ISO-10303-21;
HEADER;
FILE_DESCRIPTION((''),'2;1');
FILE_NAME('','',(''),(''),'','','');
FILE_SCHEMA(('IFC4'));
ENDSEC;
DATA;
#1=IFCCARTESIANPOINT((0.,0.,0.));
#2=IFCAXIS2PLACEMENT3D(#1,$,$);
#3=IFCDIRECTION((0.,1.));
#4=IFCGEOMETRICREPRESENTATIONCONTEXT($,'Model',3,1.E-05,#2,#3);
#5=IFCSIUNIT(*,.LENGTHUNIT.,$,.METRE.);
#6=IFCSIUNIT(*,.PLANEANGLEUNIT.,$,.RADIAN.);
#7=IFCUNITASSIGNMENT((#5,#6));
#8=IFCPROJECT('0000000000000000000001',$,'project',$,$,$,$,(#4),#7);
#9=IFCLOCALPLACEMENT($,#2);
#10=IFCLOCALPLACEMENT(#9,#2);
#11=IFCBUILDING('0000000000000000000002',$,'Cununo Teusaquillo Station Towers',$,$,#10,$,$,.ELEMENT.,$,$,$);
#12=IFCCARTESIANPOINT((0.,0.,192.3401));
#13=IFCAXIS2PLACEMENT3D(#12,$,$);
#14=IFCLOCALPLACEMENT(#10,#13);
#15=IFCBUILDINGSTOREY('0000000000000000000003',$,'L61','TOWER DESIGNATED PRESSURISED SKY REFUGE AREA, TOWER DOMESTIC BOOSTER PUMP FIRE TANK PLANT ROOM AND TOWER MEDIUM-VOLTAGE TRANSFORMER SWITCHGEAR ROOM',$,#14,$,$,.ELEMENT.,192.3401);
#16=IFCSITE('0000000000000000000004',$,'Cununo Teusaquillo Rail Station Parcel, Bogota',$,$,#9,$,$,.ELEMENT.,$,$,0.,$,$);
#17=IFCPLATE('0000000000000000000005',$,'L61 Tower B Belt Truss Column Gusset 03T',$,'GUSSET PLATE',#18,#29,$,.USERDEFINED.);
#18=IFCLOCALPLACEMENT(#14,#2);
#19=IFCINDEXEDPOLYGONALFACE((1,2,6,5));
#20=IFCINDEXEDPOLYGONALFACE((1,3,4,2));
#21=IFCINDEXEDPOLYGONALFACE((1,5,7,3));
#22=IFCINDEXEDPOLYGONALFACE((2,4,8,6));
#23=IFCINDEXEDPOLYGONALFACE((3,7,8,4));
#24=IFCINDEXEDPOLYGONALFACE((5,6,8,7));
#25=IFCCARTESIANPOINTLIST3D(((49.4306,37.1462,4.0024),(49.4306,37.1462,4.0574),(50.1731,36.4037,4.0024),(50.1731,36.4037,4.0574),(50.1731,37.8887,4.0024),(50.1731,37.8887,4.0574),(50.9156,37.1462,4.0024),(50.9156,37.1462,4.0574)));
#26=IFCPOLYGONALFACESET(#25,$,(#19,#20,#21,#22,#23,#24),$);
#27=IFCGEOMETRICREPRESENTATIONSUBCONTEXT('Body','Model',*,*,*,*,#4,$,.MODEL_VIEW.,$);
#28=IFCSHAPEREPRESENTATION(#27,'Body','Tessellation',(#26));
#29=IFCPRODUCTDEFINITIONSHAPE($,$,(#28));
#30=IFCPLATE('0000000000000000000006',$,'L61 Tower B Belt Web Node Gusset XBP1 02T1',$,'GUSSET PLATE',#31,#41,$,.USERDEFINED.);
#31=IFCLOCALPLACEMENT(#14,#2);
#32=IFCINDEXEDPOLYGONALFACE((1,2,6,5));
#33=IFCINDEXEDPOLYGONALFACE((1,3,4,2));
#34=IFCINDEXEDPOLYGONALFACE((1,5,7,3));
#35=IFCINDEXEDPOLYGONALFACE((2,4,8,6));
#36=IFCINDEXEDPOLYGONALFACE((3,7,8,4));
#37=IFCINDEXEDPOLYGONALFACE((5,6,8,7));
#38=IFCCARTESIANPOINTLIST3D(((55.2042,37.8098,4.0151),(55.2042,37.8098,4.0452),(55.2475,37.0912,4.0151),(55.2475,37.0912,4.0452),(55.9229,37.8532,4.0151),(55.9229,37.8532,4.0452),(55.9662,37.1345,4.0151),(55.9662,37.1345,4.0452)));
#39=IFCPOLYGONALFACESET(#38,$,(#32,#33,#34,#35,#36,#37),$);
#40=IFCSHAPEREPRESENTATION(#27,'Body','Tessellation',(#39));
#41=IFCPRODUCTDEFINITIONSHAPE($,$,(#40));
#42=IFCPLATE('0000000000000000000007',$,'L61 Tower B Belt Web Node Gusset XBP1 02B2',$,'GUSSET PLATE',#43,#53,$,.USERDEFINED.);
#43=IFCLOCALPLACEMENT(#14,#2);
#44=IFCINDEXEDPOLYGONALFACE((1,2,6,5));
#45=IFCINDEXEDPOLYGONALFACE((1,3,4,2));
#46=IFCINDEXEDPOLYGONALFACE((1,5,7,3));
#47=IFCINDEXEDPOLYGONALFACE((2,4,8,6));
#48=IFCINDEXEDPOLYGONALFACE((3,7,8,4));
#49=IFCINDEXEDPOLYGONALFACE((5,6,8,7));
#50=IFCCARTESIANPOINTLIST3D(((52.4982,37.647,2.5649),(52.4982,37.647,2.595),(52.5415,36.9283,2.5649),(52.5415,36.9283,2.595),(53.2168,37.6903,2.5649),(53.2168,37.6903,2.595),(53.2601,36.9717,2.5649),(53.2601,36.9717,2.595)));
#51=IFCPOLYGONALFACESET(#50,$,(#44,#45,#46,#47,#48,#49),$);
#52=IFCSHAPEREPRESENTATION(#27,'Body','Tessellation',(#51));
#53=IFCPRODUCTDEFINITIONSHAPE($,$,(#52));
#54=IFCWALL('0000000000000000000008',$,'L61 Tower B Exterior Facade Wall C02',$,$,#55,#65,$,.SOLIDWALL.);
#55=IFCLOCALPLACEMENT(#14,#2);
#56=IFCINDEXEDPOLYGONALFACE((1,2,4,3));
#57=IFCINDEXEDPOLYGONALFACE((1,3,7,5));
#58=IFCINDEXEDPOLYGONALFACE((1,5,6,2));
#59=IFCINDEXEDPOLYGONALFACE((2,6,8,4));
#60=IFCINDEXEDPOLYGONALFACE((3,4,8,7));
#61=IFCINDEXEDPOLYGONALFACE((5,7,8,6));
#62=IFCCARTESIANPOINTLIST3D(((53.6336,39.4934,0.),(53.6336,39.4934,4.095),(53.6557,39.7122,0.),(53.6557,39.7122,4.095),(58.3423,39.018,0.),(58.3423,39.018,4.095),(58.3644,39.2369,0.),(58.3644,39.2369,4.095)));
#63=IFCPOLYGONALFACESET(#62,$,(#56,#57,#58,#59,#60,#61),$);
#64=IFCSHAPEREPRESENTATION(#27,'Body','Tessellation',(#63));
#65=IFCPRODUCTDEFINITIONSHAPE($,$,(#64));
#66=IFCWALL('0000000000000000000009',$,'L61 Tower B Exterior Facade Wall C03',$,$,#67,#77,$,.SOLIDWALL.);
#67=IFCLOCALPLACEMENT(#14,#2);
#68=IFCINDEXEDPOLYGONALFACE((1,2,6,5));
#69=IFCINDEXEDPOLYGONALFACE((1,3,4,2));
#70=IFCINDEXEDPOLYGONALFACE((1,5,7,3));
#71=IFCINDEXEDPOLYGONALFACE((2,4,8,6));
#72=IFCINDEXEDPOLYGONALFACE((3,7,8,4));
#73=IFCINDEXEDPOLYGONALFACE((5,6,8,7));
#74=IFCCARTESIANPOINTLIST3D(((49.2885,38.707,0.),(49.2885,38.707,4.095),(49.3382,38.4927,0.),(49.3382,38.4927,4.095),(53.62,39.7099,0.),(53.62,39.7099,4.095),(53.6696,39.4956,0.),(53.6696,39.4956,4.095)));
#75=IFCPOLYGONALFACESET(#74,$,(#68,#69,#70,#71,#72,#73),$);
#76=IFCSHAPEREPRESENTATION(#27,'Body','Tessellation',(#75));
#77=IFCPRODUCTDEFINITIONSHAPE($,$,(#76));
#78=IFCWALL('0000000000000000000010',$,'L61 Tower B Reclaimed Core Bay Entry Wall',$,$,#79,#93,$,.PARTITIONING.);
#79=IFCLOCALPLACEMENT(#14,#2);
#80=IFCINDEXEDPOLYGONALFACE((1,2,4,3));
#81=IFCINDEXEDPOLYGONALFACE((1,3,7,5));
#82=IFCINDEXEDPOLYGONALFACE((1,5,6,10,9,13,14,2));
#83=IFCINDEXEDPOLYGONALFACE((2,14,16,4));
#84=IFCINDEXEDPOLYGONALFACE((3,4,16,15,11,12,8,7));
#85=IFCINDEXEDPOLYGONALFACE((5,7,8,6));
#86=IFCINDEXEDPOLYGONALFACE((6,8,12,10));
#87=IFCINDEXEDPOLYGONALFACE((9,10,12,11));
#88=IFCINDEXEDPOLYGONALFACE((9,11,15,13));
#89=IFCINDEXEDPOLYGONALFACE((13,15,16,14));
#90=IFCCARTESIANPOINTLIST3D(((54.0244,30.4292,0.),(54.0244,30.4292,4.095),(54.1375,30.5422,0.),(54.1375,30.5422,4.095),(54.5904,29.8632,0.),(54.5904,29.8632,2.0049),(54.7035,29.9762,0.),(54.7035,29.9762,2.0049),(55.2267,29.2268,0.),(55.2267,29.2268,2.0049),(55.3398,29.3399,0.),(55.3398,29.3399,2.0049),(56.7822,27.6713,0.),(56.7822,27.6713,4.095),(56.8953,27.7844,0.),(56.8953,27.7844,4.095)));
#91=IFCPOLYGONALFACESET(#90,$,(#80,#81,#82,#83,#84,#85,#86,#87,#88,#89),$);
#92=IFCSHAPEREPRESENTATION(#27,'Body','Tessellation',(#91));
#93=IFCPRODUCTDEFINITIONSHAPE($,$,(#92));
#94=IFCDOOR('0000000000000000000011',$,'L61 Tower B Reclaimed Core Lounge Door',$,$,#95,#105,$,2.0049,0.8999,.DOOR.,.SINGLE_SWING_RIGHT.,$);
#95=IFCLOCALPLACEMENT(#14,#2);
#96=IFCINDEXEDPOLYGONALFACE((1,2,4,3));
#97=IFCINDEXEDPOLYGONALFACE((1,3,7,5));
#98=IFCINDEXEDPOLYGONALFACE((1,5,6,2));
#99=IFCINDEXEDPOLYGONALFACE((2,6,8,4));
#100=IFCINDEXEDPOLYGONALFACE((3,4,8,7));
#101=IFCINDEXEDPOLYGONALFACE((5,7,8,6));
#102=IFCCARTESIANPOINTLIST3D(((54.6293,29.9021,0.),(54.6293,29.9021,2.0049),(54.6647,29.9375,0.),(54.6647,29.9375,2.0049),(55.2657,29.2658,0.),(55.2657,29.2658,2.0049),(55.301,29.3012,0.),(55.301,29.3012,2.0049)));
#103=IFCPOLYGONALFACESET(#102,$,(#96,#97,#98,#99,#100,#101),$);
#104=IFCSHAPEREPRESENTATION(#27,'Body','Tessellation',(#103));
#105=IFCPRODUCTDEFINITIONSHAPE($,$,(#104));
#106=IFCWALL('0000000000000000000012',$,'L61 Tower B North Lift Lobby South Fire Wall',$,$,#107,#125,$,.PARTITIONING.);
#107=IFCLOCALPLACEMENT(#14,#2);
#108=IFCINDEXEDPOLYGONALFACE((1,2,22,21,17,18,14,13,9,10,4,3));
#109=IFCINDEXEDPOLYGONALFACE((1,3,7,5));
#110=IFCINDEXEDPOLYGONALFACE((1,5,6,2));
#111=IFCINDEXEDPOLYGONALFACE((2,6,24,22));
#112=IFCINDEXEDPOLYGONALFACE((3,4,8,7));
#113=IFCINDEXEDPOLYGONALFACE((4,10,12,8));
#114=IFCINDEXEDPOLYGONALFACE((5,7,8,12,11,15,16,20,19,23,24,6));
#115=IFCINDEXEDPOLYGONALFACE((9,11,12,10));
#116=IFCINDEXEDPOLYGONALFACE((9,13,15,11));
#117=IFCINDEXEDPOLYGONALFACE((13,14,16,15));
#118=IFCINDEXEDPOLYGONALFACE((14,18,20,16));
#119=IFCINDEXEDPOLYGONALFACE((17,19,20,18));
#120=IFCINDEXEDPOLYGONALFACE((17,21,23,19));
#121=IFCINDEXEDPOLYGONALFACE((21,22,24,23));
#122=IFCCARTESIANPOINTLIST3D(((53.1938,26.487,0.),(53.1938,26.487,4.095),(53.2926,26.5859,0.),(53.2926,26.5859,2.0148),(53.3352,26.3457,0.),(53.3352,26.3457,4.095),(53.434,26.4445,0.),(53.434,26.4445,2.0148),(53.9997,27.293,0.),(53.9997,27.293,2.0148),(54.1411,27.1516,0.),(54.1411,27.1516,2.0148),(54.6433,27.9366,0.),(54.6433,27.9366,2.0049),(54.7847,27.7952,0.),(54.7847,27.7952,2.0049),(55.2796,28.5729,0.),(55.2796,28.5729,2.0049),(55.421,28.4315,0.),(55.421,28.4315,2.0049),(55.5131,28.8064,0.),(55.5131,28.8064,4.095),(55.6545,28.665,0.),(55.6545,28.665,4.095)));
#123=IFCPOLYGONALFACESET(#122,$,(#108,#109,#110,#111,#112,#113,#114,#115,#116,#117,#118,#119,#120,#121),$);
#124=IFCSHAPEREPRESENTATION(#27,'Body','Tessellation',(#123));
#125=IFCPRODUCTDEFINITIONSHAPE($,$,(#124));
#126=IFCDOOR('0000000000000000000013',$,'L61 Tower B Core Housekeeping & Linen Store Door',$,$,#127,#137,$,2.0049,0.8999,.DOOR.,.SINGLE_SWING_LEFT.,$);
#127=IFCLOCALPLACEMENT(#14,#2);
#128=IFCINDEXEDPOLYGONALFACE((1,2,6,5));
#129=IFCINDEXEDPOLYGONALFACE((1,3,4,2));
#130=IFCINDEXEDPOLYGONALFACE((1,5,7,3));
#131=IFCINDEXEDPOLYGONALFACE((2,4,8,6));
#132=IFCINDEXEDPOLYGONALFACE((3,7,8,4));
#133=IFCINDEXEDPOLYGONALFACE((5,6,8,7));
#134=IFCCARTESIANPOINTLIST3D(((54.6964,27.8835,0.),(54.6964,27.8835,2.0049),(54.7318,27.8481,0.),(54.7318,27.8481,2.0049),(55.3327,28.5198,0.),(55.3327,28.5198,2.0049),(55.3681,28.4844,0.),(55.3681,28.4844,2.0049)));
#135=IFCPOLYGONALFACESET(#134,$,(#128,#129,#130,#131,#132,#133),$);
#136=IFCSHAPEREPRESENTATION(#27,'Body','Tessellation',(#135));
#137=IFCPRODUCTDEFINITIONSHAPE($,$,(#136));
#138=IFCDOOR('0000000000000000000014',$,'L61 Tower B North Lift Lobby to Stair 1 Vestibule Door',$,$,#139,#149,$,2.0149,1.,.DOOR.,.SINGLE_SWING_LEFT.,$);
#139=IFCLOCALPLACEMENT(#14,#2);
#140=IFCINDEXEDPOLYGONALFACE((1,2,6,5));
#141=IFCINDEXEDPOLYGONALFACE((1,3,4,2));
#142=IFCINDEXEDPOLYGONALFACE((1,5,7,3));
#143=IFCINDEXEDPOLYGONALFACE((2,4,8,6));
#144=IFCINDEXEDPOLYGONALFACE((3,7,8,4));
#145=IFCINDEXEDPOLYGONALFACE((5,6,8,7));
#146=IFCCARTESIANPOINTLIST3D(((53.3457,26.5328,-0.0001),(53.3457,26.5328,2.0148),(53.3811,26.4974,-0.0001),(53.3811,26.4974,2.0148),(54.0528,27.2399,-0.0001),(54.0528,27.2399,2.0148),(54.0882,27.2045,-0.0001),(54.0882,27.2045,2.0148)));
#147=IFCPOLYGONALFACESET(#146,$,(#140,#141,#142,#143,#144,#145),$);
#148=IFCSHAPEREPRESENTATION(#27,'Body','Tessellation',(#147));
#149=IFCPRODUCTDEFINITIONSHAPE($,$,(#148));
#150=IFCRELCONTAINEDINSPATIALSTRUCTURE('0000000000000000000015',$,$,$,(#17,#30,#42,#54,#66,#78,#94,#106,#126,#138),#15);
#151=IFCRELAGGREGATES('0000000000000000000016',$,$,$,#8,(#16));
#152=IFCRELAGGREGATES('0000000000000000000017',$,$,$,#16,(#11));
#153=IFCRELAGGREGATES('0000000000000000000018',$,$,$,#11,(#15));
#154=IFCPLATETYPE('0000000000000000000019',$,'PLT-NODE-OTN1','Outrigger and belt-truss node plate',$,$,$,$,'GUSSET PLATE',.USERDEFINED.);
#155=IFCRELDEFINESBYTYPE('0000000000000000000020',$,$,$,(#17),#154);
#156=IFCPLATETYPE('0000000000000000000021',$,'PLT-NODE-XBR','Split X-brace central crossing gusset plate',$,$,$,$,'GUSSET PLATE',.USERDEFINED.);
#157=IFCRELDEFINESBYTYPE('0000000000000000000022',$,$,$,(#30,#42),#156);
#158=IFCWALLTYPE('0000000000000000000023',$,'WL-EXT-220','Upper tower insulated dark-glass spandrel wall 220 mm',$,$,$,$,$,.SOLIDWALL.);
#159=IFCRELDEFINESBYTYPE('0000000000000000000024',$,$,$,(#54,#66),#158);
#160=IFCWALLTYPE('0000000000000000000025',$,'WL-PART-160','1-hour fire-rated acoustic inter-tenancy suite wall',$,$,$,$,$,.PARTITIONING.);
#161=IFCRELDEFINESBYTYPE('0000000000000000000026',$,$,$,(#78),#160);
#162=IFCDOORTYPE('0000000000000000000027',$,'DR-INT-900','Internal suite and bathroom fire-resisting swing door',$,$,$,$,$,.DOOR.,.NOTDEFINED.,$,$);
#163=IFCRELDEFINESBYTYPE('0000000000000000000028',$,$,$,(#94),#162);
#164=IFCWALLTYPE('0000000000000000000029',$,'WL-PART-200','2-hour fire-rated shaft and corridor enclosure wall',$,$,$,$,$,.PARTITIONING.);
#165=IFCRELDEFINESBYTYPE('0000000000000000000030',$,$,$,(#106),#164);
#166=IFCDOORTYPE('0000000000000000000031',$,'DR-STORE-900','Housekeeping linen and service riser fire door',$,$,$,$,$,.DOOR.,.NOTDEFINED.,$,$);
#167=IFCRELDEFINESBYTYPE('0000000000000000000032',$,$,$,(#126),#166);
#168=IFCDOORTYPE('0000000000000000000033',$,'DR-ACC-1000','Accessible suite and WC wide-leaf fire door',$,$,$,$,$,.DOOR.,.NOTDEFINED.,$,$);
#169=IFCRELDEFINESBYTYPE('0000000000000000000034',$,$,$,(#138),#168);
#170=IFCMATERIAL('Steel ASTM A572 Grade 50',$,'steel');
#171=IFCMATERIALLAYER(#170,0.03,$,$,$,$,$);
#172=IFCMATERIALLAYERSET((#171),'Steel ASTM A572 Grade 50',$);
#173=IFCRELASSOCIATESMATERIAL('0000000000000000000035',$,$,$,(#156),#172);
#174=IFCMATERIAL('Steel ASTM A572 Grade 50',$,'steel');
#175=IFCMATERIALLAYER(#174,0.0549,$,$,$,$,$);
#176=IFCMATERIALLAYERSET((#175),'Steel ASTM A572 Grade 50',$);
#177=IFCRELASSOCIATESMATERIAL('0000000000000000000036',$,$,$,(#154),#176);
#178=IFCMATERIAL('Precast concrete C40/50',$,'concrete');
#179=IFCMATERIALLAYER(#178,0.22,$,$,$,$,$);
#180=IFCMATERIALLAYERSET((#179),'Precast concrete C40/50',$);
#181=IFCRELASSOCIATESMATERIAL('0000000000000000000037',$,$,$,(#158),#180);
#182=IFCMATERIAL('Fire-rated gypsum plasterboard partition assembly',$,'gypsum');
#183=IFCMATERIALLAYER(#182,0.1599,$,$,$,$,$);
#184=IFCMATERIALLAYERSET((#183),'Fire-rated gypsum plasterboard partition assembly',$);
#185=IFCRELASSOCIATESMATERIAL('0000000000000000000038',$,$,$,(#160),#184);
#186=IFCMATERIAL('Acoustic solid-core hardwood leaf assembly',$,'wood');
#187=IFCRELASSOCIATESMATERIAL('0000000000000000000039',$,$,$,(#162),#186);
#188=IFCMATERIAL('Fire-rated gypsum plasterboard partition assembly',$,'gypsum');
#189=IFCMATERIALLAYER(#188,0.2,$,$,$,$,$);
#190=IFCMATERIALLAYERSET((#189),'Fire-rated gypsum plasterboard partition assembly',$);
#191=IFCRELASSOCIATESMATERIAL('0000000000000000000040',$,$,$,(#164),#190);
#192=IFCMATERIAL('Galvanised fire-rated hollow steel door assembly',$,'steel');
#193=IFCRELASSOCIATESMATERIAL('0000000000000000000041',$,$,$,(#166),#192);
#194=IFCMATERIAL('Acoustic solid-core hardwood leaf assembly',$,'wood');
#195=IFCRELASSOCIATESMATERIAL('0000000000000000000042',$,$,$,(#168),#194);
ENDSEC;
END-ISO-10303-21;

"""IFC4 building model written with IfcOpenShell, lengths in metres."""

from ifc_helpers import new_model, si_unit, direction, frame, frame_2d, origin, origin_2d, place, context, subcontext, project, spatial, rectangle, extrude, source, transform, mapped, material, layer, layer_set, type_object, element, fill, save


model = new_model("IFC4")

# Units and contexts
model_context = context("Model", 3, precision=1e-05, world=origin(), true_north=direction((0.0, 1.0)))
body_context = subcontext(model_context, "Body", "Model", "MODEL_VIEW")
ifc_project = project(units=[si_unit("LENGTHUNIT", "METRE"), si_unit("PLANEANGLEUNIT", "RADIAN")], contexts=[model_context])

# Site, building, storey
site_placement = place(None, origin())
site = spatial("IfcSite", under=ifc_project, at=site_placement, Name="Cununo Teusaquillo Rail Station Parcel, Bogota", CompositionType="ELEMENT", RefElevation=0.0)
building_placement = place(site_placement, origin())
building = spatial("IfcBuilding", under=site, at=building_placement, Name="Cununo Teusaquillo Station Towers", CompositionType="ELEMENT")
storey_placement = place(building_placement, frame((0.0, 0.0, 192.3401)))
storey = spatial("IfcBuildingStorey", under=building, at=storey_placement, Name="L61", Description="TOWER DESIGNATED PRESSURISED SKY REFUGE AREA, TOWER DOMESTIC BOOSTER PUMP FIRE TANK PLANT ROOM AND TOWER MEDIUM-VOLTAGE TRANSFORMER SWITCHGEAR ROOM", CompositionType="ELEMENT", Elevation=192.3401)

# Plates
ifc_material_1 = material(Name="Steel ASTM A572 Grade 50", Category="steel")
ifc_layer_1 = layer(ifc_material_1, 0.03)
ifc_layer_set_1 = layer_set([ifc_layer_1], Name="Steel ASTM A572 Grade 50")
plate_type_1 = type_object("IfcPlateType", Name="PLT-NODE-XBR", Description="Split X-brace central crossing gusset plate", ElementType="GUSSET PLATE", PredefinedType="USERDEFINED", material=ifc_layer_set_1)
ifc_material_2 = material(Name="Steel ASTM A572 Grade 50", Category="steel")
ifc_layer_2 = layer(ifc_material_2, 0.0549)
ifc_layer_set_2 = layer_set([ifc_layer_2], Name="Steel ASTM A572 Grade 50")
plate_type_2 = type_object("IfcPlateType", Name="PLT-NODE-OTN1", Description="Outrigger and belt-truss node plate", ElementType="GUSSET PLATE", PredefinedType="USERDEFINED", material=ifc_layer_set_2)
shared_shape_1 = source(origin(), body_context, "Body", "SweptSolid", [
    extrude(rectangle(XDim=1.05, YDim=1.05, at=origin_2d()), origin(), (0.0, 0.0, 1.0), 0.0549),
])
for number, where, z_axis, x_axis, name in (
    (1, (50.1731, 37.1462, 4.0024), (0.0, 0.0, 1.0), (0.707107, 0.707107, 0.0), "L61 Tower B Belt Truss Column Gusset 03T"),
):
    element("IfcPlate", number, at=place(storey_placement, frame(where, z_axis=z_axis, x_axis=x_axis)), inside=storey, type_object=plate_type_2, Name=name, ObjectType="GUSSET PLATE", PredefinedType="USERDEFINED", context=body_context, shape_type="MappedRepresentation", body=[
        mapped(shared_shape_1, transform((0.0, 0.0, 0.0), x_axis=(1.0, 0.0, 0.0), y_axis=(0.0, 1.0, 0.0), z_axis=(0.0, 0.0, 1.0), scale=1.0)),
    ])
shared_shape_2 = source(origin(), body_context, "Body", "SweptSolid", [
    extrude(rectangle(XDim=0.72, YDim=0.72, at=origin_2d()), origin(), (0.0, 0.0, 1.0), 0.03),
])
for number, where, z_axis, x_axis, name in (
    (2, (55.5852, 37.4722, 4.0151), (0.0, 0.0, 1.0), (-0.998188, -0.060177, 0.0), "L61 Tower B Belt Web Node Gusset XBP1 02T1"),
    (3, (52.8792, 37.3093, 2.5649), (0.0, 0.0, 1.0), (-0.998188, -0.060177, 0.0), "L61 Tower B Belt Web Node Gusset XBP1 02B2"),
):
    element("IfcPlate", number, at=place(storey_placement, frame(where, z_axis=z_axis, x_axis=x_axis)), inside=storey, type_object=plate_type_1, Name=name, ObjectType="GUSSET PLATE", PredefinedType="USERDEFINED", context=body_context, shape_type="MappedRepresentation", body=[
        mapped(shared_shape_2, transform((0.0, 0.0, 0.0), x_axis=(1.0, 0.0, 0.0), y_axis=(0.0, 1.0, 0.0), z_axis=(0.0, 0.0, 1.0), scale=1.0)),
    ])

# Walls
ifc_material_3 = material(Name="Precast concrete C40/50", Category="concrete")
ifc_layer_3 = layer(ifc_material_3, 0.22)
ifc_layer_set_3 = layer_set([ifc_layer_3], Name="Precast concrete C40/50")
wall_type_1 = type_object("IfcWallType", Name="WL-EXT-220", Description="Upper tower insulated dark-glass spandrel wall 220 mm", PredefinedType="SOLIDWALL", material=ifc_layer_set_3)
wall_1_placement = place(storey_placement, frame((53.6448, 39.6028, 0.0), z_axis=(0.0, 0.0, 1.0), x_axis=(0.994943, -0.100438, 0.0)))
element("IfcWall", 4, at=wall_1_placement, inside=storey, type_object=wall_type_1, Name="L61 Tower B Exterior Facade Wall C02", PredefinedType="SOLIDWALL", context=body_context, shape_type="SweptSolid", body=[
    extrude(rectangle(XDim=4.7327, YDim=0.22, at=frame_2d((2.3662, 0.0))), origin(), (0.0, 0.0, 1.0), 4.095),
])
wall_2_placement = place(storey_placement, frame((49.3132, 38.5999, 0.0), z_axis=(0.0, 0.0, 1.0), x_axis=(0.974226, 0.225573, 0.0)))
element("IfcWall", 5, at=wall_2_placement, inside=storey, type_object=wall_type_1, Name="L61 Tower B Exterior Facade Wall C03", PredefinedType="SOLIDWALL", context=body_context, shape_type="SweptSolid", body=[
    extrude(rectangle(XDim=4.446, YDim=0.22, at=frame_2d((2.2231, 0.0))), origin(), (0.0, 0.0, 1.0), 4.095),
])

# Wall, opening, door
ifc_material_4 = material(Name="Fire-rated gypsum plasterboard partition assembly", Category="gypsum")
ifc_layer_4 = layer(ifc_material_4, 0.1599)
ifc_layer_set_4 = layer_set([ifc_layer_4], Name="Fire-rated gypsum plasterboard partition assembly")
wall_type_2 = type_object("IfcWallType", Name="WL-PART-160", Description="1-hour fire-rated acoustic inter-tenancy suite wall", PredefinedType="PARTITIONING", material=ifc_layer_set_4)
wall_3_placement = place(storey_placement, frame((56.8389, 27.7278, 0.0), z_axis=(0.0, 0.0, 1.0), x_axis=(-0.707107, 0.707107, 0.0)))
wall_3 = element("IfcWall", 6, at=wall_3_placement, inside=storey, type_object=wall_type_2, Name="L61 Tower B Reclaimed Core Bay Entry Wall", PredefinedType="PARTITIONING", context=body_context, shape_type="SweptSolid", body=[
    extrude(rectangle(XDim=3.9001, YDim=0.1599, at=frame_2d((1.9502, 0.0))), origin(), (0.0, 0.0, 1.0), 4.095),
])
shared_shape_3 = source(origin(), body_context, "Body", "SweptSolid", [
    extrude(rectangle(XDim=0.8999, YDim=2.0049, at=frame_2d((0.45, 1.0024))), frame((0.0, 0.0898, 0.0), z_axis=(0.0, -1.0, 0.0), x_axis=(1.0, 0.0, 0.0)), (0.0, 0.0, 1.0), 0.1799),
])
opening_1_placement = place(wall_3_placement, frame((2.2, 0.0, 0.0)))
opening_1 = element("IfcOpeningElement", 7, at=opening_1_placement, cuts=wall_3, PredefinedType="OPENING", context=body_context, shape_type="MappedRepresentation", body=[
    mapped(shared_shape_3, transform((0.0, 0.0, 0.0), x_axis=(1.0, 0.0, 0.0), y_axis=(0.0, 1.0, 0.0), z_axis=(0.0, 0.0, 1.0), scale=1.0)),
])
ifc_material_5 = material(Name="Acoustic solid-core hardwood leaf assembly", Category="wood")
door_type_1 = type_object("IfcDoorType", Name="DR-INT-900", Description="Internal suite and bathroom fire-resisting swing door", OperationType="NOTDEFINED", PredefinedType="DOOR", material=ifc_material_5)
shared_shape_4 = source(origin(), body_context, "Body", "SweptSolid", [
    extrude(rectangle(XDim=0.8999, YDim=2.0049, at=frame_2d((0.45, 1.0024))), frame((0.0, 0.0249, 0.0), z_axis=(0.0, -1.0, 0.0), x_axis=(1.0, 0.0, 0.0)), (0.0, 0.0, 1.0), 0.05),
])
door_1_placement = place(opening_1_placement, origin())
door_1 = element("IfcDoor", 8, at=door_1_placement, inside=storey, type_object=door_type_1, Name="L61 Tower B Reclaimed Core Lounge Door", OperationType="SINGLE_SWING_RIGHT", OverallHeight=2.0049, OverallWidth=0.8999, PredefinedType="DOOR", context=body_context, shape_type="MappedRepresentation", body=[
    mapped(shared_shape_4, transform((0.0, 0.0, 0.0), x_axis=(1.0, 0.0, 0.0), y_axis=(0.0, 1.0, 0.0), z_axis=(0.0, 0.0, 1.0), scale=1.0)),
])
fill(opening_1, door_1)

# Wall, openings, doors
ifc_material_6 = material(Name="Fire-rated gypsum plasterboard partition assembly", Category="gypsum")
ifc_layer_5 = layer(ifc_material_6, 0.2)
ifc_layer_set_5 = layer_set([ifc_layer_5], Name="Fire-rated gypsum plasterboard partition assembly")
wall_type_3 = type_object("IfcWallType", Name="WL-PART-200", Description="2-hour fire-rated shaft and corridor enclosure wall", PredefinedType="PARTITIONING", material=ifc_layer_set_5)
wall_4_placement = place(storey_placement, frame((53.2644, 26.4163, 0.0), z_axis=(0.0, 0.0, 1.0), x_axis=(0.707107, 0.707107, 0.0)))
wall_4 = element("IfcWall", 9, at=wall_4_placement, inside=storey, type_object=wall_type_3, Name="L61 Tower B North Lift Lobby South Fire Wall", PredefinedType="PARTITIONING", context=body_context, shape_type="SweptSolid", body=[
    extrude(rectangle(XDim=3.28, YDim=0.2, at=frame_2d((1.6401, 0.0))), origin(), (0.0, 0.0, 1.0), 4.095),
])
shared_shape_5 = source(origin(), body_context, "Body", "SweptSolid", [
    extrude(rectangle(XDim=1.0, YDim=2.0149, at=frame_2d((0.5, 1.0073))), frame((0.0, 0.1099, 0.0), z_axis=(0.0, -1.0, 0.0), x_axis=(1.0, 0.0, 0.0)), (0.0, 0.0, 1.0), 0.22),
])
opening_2_placement = place(wall_4_placement, frame((0.1399, 0.0, 0.0)))
opening_2 = element("IfcOpeningElement", 10, at=opening_2_placement, cuts=wall_4, PredefinedType="OPENING", context=body_context, shape_type="MappedRepresentation", body=[
    mapped(shared_shape_5, transform((0.0, 0.0, 0.0), x_axis=(1.0, 0.0, 0.0), y_axis=(0.0, 1.0, 0.0), z_axis=(0.0, 0.0, 1.0), scale=1.0)),
])
shared_shape_6 = source(origin(), body_context, "Body", "SweptSolid", [
    extrude(rectangle(XDim=0.8999, YDim=2.0049, at=frame_2d((0.45, 1.0024))), frame((0.0, 0.1099, 0.0), z_axis=(0.0, -1.0, 0.0), x_axis=(1.0, 0.0, 0.0)), (0.0, 0.0, 1.0), 0.22),
])
opening_3_placement = place(wall_4_placement, frame((2.05, 0.0, 0.0)))
opening_3 = element("IfcOpeningElement", 11, at=opening_3_placement, cuts=wall_4, PredefinedType="OPENING", context=body_context, shape_type="MappedRepresentation", body=[
    mapped(shared_shape_6, transform((0.0, 0.0, 0.0), x_axis=(1.0, 0.0, 0.0), y_axis=(0.0, 1.0, 0.0), z_axis=(0.0, 0.0, 1.0), scale=1.0)),
])
ifc_material_7 = material(Name="Galvanised fire-rated hollow steel door assembly", Category="steel")
door_type_2 = type_object("IfcDoorType", Name="DR-STORE-900", Description="Housekeeping linen and service riser fire door", OperationType="NOTDEFINED", PredefinedType="DOOR", material=ifc_material_7)
door_2_placement = place(opening_3_placement, origin())
door_2 = element("IfcDoor", 12, at=door_2_placement, inside=storey, type_object=door_type_2, Name="L61 Tower B Core Housekeeping & Linen Store Door", OperationType="SINGLE_SWING_LEFT", OverallHeight=2.0049, OverallWidth=0.8999, PredefinedType="DOOR", context=body_context, shape_type="MappedRepresentation", body=[
    mapped(shared_shape_4, transform((0.0, 0.0, 0.0), x_axis=(1.0, 0.0, 0.0), y_axis=(0.0, 1.0, 0.0), z_axis=(0.0, 0.0, 1.0), scale=1.0)),
])
fill(opening_3, door_2)
ifc_material_8 = material(Name="Acoustic solid-core hardwood leaf assembly", Category="wood")
door_type_3 = type_object("IfcDoorType", Name="DR-ACC-1000", Description="Accessible suite and WC wide-leaf fire door", OperationType="NOTDEFINED", PredefinedType="DOOR", material=ifc_material_8)
shared_shape_7 = source(origin(), body_context, "Body", "SweptSolid", [
    extrude(rectangle(XDim=1.0, YDim=2.0149, at=frame_2d((0.5, 1.0073))), frame((0.0, 0.0249, 0.0), z_axis=(0.0, -1.0, 0.0), x_axis=(1.0, 0.0, 0.0)), (0.0, 0.0, 1.0), 0.05),
])
door_3_placement = place(opening_2_placement, origin())
door_3 = element("IfcDoor", 13, at=door_3_placement, inside=storey, type_object=door_type_3, Name="L61 Tower B North Lift Lobby to Stair 1 Vestibule Door", OperationType="SINGLE_SWING_LEFT", OverallHeight=2.0149, OverallWidth=1.0, PredefinedType="DOOR", context=body_context, shape_type="MappedRepresentation", body=[
    mapped(shared_shape_7, transform((0.0, 0.0, 0.0), x_axis=(1.0, 0.0, 0.0), y_axis=(0.0, 1.0, 0.0), z_axis=(0.0, 0.0, 1.0), scale=1.0)),
])
fill(opening_2, door_3)

save(model, "model.ifc")
